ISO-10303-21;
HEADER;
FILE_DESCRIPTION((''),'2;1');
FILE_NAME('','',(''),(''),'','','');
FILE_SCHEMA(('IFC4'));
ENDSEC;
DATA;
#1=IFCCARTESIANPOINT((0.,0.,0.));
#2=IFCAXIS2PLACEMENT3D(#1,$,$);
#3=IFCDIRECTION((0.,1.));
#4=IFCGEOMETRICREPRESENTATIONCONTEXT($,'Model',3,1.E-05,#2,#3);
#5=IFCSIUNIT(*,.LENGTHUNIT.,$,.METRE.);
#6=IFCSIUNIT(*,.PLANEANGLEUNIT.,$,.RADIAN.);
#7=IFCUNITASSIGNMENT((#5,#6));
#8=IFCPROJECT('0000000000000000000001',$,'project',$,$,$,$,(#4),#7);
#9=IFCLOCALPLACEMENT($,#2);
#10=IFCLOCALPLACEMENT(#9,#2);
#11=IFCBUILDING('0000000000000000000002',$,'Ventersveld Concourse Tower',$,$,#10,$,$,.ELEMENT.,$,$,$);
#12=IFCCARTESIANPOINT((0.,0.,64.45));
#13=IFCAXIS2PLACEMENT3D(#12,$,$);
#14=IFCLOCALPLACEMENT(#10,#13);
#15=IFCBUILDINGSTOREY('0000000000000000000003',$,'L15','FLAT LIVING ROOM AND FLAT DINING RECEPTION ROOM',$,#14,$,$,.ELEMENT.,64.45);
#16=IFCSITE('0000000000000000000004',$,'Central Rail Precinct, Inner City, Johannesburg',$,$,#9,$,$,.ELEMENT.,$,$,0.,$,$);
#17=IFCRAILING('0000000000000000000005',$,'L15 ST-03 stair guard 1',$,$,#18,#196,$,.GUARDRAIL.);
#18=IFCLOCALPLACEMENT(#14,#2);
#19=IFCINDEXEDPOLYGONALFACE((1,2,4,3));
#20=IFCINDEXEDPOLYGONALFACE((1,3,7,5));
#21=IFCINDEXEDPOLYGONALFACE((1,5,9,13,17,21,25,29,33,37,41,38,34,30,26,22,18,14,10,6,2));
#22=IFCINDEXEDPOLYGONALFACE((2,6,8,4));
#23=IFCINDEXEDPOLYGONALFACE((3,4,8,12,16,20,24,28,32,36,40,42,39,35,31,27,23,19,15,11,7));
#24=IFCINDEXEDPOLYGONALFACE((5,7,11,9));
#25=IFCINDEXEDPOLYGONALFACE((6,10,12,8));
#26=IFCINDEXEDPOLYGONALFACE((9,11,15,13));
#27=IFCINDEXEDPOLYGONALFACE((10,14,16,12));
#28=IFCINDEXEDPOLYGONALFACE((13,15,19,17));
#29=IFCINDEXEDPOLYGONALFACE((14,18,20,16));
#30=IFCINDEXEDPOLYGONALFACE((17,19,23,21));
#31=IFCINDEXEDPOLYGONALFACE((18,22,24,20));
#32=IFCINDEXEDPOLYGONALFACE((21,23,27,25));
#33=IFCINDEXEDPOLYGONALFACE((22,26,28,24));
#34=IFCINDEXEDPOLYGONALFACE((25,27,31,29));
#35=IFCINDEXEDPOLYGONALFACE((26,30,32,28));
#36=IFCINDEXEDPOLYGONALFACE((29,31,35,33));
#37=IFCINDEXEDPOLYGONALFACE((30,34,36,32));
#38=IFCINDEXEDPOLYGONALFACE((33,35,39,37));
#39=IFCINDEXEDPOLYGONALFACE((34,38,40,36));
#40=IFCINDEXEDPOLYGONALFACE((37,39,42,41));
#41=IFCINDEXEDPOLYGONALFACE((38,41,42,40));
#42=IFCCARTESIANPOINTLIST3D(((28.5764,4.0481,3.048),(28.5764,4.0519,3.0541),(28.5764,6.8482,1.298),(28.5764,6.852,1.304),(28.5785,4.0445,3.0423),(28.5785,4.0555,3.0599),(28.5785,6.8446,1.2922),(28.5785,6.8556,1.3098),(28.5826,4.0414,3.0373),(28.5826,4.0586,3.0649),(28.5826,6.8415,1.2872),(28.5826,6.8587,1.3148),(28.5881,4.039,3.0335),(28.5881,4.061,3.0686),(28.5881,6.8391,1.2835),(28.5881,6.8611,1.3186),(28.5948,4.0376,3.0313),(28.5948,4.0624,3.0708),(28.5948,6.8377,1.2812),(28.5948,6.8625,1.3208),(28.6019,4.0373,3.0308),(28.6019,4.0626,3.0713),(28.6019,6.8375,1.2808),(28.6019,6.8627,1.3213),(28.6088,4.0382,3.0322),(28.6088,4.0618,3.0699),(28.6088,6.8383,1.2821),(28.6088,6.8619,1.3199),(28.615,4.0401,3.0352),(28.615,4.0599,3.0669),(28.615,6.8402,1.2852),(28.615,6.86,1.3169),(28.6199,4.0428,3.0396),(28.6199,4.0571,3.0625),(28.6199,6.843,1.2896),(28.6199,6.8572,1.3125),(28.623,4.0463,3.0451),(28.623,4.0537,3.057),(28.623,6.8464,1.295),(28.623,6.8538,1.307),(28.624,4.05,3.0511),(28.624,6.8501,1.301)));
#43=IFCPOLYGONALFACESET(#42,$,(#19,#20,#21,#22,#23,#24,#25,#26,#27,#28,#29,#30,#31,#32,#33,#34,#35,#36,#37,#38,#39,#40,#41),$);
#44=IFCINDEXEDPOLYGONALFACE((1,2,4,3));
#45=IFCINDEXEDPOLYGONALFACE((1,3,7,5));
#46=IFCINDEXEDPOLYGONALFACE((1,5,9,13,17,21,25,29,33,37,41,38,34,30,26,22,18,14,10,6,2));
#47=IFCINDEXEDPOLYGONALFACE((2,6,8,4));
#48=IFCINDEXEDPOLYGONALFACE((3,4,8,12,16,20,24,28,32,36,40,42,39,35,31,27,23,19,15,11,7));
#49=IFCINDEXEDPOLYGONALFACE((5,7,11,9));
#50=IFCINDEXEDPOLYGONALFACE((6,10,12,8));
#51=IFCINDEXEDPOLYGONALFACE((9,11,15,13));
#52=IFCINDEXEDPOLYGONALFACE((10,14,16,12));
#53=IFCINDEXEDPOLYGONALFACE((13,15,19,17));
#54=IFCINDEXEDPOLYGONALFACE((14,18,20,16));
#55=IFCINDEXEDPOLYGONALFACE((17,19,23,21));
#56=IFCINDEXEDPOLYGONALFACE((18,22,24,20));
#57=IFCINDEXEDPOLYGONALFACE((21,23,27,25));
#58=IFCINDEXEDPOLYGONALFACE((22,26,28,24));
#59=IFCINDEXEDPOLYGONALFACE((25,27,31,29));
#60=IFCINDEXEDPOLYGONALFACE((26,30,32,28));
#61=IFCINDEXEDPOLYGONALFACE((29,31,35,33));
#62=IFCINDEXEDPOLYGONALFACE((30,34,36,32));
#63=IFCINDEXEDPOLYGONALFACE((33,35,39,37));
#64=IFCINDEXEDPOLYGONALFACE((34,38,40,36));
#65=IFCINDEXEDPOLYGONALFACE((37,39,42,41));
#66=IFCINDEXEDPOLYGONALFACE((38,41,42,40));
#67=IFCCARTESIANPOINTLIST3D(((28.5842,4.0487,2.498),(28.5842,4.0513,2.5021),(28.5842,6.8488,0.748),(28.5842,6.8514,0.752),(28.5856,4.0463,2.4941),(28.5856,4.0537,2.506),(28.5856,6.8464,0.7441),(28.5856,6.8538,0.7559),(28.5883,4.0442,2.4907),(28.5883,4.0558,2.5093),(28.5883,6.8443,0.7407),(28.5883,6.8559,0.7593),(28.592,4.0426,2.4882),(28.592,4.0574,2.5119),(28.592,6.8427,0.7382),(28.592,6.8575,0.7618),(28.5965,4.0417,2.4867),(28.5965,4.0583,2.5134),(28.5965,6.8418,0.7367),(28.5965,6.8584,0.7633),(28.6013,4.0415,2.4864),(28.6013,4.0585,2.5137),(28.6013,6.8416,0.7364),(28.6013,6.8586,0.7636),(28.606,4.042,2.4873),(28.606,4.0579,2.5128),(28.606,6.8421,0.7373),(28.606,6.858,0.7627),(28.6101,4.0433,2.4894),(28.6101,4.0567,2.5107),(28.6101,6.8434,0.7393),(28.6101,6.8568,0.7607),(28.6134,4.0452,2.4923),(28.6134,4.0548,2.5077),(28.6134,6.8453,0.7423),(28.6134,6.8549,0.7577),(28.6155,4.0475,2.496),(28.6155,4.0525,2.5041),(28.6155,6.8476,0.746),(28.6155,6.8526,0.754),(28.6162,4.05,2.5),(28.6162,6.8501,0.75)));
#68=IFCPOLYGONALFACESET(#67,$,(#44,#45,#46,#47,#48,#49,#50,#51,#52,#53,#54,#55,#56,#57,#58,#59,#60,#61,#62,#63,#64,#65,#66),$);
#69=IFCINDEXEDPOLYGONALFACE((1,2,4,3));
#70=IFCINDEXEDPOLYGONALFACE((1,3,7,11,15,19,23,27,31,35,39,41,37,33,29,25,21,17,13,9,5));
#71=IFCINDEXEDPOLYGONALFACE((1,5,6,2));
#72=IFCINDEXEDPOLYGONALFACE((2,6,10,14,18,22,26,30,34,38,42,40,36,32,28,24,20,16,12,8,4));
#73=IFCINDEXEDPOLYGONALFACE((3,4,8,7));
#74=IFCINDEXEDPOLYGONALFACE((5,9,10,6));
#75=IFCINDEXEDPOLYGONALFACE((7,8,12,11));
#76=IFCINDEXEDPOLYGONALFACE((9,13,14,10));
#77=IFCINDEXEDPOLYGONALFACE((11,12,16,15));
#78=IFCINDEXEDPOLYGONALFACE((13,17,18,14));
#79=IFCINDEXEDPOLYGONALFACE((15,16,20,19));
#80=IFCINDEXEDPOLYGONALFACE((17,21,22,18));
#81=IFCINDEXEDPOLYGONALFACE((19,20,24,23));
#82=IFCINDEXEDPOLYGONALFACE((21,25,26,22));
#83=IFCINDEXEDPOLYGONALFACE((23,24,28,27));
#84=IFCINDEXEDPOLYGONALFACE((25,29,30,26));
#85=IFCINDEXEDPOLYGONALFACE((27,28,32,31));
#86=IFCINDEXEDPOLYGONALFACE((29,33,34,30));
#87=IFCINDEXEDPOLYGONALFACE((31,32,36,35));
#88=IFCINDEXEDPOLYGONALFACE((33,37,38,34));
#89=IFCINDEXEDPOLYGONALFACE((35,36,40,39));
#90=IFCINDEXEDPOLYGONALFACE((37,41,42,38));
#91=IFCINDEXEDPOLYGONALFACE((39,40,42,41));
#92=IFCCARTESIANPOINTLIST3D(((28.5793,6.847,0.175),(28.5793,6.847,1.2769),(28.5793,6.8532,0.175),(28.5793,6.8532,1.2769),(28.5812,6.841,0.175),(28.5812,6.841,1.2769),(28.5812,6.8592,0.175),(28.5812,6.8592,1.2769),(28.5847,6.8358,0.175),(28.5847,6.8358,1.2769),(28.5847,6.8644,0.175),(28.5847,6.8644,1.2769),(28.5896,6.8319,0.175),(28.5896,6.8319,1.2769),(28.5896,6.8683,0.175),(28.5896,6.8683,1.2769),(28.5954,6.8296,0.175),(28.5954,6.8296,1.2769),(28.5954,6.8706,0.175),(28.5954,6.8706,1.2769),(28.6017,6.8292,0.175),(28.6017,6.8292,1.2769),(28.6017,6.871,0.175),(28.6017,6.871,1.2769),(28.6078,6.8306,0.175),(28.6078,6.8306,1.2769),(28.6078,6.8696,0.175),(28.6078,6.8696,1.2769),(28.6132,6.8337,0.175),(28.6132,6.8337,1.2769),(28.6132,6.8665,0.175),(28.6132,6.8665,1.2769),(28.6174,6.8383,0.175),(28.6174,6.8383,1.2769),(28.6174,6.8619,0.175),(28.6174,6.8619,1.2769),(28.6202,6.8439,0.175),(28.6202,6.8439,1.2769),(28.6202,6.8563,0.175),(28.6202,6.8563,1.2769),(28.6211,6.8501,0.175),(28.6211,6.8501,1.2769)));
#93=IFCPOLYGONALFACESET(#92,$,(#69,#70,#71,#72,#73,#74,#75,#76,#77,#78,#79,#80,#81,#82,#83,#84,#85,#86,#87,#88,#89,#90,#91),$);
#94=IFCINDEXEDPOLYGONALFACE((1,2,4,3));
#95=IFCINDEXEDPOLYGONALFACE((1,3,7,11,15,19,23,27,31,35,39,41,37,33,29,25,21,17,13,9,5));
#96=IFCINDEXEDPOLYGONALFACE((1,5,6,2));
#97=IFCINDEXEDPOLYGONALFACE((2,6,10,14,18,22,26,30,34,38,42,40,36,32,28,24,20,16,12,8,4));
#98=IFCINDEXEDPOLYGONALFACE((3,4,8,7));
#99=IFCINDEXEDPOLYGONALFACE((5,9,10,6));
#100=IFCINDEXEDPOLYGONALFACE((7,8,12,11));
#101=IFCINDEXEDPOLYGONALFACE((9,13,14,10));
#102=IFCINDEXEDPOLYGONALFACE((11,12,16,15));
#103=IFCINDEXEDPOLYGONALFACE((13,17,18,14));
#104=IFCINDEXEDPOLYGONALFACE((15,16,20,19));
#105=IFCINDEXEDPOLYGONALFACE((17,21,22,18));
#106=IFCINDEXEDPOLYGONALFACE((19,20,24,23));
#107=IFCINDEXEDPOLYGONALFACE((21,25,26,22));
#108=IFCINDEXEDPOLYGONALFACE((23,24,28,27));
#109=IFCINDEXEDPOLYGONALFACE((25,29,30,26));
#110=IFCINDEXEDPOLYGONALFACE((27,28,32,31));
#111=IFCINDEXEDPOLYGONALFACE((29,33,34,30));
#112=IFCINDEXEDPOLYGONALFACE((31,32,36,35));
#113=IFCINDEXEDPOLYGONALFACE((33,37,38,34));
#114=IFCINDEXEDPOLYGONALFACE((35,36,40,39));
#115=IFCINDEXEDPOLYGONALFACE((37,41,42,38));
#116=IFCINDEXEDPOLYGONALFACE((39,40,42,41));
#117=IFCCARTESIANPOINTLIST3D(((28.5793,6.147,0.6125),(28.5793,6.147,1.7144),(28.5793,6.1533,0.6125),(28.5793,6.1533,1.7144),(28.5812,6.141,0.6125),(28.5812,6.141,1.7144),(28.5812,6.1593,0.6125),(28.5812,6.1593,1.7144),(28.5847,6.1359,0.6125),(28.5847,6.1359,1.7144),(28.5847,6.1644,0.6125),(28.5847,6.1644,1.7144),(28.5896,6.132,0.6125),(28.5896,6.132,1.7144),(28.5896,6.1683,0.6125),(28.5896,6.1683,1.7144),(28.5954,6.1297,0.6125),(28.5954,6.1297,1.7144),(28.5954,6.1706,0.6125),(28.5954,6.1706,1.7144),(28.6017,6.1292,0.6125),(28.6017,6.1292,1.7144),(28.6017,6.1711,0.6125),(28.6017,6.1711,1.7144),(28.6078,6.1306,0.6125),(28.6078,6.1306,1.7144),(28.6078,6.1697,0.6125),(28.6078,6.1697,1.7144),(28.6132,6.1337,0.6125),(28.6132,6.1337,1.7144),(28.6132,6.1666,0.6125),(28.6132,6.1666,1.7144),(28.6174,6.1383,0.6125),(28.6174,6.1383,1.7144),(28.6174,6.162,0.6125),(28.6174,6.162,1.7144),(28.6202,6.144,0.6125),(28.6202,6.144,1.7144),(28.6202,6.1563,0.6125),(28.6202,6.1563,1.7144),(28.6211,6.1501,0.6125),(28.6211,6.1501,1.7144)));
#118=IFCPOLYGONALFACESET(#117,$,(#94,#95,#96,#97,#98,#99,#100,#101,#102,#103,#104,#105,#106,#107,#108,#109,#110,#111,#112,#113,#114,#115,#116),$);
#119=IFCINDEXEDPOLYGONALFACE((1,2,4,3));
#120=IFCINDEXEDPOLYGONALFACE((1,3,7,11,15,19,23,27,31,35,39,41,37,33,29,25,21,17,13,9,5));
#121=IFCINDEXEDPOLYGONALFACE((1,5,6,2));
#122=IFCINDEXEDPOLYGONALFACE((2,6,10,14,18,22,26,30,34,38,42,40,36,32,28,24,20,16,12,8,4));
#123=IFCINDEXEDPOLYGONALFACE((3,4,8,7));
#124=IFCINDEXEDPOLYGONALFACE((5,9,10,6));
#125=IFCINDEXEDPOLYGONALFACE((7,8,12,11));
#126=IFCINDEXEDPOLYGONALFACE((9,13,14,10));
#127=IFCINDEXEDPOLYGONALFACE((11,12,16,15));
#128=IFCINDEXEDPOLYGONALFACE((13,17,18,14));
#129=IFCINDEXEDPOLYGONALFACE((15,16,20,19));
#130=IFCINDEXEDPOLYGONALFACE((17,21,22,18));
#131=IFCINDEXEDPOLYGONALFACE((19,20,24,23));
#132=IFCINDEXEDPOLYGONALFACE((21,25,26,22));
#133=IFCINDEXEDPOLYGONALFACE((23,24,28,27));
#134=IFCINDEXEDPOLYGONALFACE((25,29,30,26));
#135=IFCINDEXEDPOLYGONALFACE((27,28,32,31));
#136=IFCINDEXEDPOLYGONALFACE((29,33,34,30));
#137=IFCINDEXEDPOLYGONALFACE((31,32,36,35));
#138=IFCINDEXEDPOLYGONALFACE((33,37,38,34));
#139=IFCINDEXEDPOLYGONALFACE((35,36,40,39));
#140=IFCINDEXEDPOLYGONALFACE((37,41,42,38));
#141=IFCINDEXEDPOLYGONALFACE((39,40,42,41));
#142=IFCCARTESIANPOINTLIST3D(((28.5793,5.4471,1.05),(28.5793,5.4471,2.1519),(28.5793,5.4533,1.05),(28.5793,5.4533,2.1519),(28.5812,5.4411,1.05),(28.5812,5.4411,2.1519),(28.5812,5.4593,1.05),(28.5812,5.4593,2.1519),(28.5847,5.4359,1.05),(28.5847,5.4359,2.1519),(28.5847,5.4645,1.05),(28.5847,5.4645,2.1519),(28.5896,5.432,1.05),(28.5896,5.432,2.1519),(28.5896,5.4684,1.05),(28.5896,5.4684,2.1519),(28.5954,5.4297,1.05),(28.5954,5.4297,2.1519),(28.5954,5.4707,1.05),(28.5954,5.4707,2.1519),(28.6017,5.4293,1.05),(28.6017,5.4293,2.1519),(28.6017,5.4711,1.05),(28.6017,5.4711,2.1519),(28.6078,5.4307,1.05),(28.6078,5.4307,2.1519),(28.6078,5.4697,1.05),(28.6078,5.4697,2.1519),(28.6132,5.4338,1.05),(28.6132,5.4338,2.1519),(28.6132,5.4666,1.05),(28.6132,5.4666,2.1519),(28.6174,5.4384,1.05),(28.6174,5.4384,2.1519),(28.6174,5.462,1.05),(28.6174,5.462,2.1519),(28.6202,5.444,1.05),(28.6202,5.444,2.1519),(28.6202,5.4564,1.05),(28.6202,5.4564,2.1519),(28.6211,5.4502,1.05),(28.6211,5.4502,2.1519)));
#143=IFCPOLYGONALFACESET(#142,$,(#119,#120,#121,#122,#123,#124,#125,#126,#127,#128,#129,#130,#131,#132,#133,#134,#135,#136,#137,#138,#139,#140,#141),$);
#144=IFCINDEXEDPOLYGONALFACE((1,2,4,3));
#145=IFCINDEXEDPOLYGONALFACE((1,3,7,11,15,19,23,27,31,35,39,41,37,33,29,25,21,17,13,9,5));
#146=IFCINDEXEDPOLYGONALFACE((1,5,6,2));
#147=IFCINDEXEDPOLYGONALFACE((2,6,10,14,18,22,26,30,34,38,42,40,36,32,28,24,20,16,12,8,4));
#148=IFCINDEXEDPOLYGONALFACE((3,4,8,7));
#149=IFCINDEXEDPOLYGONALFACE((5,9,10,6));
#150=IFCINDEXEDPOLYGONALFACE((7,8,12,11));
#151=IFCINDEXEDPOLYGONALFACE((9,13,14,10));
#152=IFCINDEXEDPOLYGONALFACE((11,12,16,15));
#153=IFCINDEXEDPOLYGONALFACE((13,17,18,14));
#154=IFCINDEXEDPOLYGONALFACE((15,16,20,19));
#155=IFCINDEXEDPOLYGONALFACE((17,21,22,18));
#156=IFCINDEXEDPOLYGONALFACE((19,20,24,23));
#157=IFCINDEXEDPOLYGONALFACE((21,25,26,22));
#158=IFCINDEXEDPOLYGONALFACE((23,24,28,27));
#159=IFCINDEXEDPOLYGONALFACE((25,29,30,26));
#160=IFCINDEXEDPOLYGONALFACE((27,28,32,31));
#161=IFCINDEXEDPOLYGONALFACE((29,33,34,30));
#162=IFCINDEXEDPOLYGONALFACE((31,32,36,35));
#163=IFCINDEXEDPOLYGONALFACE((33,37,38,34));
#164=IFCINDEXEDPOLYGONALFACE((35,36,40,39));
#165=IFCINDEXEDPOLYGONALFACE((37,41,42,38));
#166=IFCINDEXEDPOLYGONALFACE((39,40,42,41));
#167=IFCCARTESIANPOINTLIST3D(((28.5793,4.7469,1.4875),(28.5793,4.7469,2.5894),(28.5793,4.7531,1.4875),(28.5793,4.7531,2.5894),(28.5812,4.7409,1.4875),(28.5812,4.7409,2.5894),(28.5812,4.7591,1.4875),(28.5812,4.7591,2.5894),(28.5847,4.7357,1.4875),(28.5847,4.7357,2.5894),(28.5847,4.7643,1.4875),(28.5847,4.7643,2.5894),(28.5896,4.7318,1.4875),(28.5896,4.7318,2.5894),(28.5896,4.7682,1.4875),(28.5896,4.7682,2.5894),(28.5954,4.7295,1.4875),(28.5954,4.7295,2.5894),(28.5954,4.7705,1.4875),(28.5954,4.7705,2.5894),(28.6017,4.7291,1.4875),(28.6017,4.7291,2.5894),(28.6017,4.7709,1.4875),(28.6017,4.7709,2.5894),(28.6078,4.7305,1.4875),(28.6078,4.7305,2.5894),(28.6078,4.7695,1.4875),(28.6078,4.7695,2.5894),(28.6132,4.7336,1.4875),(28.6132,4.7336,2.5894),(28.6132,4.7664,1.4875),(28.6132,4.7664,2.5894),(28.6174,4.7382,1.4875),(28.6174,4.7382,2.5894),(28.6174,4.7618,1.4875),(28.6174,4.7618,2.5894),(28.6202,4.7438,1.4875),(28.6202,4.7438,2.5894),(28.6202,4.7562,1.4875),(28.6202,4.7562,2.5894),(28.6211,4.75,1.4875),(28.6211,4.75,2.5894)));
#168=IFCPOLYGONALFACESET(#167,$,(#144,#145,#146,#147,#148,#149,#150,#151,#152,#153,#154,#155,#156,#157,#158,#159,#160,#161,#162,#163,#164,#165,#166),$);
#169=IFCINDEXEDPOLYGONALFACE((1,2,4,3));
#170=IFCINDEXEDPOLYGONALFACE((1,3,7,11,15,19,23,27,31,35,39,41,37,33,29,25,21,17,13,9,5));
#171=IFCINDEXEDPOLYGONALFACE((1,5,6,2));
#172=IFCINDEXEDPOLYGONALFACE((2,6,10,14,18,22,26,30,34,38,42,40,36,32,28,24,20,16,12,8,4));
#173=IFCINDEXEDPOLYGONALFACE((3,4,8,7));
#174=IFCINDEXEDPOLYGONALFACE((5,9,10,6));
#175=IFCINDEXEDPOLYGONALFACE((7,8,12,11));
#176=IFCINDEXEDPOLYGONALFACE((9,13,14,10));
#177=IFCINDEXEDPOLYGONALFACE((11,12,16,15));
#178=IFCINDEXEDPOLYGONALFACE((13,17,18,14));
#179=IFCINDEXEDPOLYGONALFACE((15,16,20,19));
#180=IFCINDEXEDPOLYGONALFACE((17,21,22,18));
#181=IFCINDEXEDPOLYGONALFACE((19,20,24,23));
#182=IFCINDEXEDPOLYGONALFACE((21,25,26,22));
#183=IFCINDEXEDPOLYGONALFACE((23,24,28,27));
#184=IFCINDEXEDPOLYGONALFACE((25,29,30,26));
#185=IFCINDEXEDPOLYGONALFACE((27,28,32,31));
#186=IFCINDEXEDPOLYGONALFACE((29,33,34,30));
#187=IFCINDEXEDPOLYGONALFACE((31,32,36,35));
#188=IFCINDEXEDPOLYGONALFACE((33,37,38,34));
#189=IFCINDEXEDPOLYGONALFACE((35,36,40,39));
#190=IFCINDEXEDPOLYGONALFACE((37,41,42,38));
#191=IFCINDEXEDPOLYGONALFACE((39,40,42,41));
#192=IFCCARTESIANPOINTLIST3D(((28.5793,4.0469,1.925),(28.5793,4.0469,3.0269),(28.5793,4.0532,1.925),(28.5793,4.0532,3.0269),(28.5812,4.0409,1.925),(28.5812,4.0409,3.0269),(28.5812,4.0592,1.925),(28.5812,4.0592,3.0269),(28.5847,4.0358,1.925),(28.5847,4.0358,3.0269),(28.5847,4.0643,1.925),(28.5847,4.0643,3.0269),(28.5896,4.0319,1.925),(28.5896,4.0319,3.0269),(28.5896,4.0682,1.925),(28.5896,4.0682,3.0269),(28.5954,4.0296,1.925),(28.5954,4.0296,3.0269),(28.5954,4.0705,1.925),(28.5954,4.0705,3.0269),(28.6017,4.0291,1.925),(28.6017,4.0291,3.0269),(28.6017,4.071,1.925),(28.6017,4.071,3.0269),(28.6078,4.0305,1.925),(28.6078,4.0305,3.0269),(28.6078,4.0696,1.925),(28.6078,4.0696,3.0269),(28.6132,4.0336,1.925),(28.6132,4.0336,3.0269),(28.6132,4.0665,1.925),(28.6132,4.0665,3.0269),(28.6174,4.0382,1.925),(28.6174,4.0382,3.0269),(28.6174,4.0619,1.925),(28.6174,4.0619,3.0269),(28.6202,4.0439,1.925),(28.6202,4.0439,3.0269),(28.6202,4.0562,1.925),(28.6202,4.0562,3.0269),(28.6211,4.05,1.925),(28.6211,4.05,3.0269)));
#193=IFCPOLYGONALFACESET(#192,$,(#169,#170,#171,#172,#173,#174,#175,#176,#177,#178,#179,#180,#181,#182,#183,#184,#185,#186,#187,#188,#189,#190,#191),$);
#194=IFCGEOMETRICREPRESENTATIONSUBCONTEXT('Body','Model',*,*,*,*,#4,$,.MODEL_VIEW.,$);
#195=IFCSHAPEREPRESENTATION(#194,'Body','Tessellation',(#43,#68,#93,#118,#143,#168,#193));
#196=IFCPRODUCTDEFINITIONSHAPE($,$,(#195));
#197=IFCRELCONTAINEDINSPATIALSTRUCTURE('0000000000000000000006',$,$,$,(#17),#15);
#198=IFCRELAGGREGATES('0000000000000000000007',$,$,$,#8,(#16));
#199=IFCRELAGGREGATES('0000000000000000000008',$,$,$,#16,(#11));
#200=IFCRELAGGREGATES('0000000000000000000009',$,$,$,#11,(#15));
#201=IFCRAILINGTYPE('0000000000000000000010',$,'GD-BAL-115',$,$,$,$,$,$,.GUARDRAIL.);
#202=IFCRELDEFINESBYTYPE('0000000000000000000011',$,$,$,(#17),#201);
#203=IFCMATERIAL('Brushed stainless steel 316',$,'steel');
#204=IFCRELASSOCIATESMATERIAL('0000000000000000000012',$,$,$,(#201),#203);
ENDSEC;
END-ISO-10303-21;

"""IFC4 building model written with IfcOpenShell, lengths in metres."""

from ifc_helpers import new_model, si_unit, direction, frame, origin, origin_2d, place, context, subcontext, project, spatial, circle, extrude, material, type_object, element, save


model = new_model("IFC4")

# Units and contexts
model_context = context("Model", 3, precision=1e-05, world=origin(), true_north=direction((0.0, 1.0)))
body_context = subcontext(model_context, "Body", "Model", "MODEL_VIEW")
ifc_project = project(units=[si_unit("LENGTHUNIT", "METRE"), si_unit("PLANEANGLEUNIT", "RADIAN")], contexts=[model_context])

# Site, building, storey
site_placement = place(None, origin())
site = spatial("IfcSite", under=ifc_project, at=site_placement, Name="Central Rail Precinct, Inner City, Johannesburg", CompositionType="ELEMENT", RefElevation=0.0)
building_placement = place(site_placement, origin())
building = spatial("IfcBuilding", under=site, at=building_placement, Name="Ventersveld Concourse Tower", CompositionType="ELEMENT")
storey_placement = place(building_placement, frame((0.0, 0.0, 64.45)))
storey = spatial("IfcBuildingStorey", under=building, at=storey_placement, Name="L15", Description="FLAT LIVING ROOM AND FLAT DINING RECEPTION ROOM", CompositionType="ELEMENT", Elevation=64.45)

# Shared definitions
ifc_material_1 = material(Name="Brushed stainless steel 316", Category="steel")

# Railing
railing_type = type_object("IfcRailingType", Name="GD-BAL-115", PredefinedType="GUARDRAIL", material=ifc_material_1)
railing_1_placement = place(storey_placement, frame((28.6001, 6.8501, 0.175)))
element("IfcRailing", 1, at=railing_1_placement, inside=storey, type_object=railing_type, Name="L15 ST-03 stair guard 1", PredefinedType="GUARDRAIL", context=body_context, shape_type="SweptSolid", body=[
    extrude(circle(Radius=0.0239, at=origin_2d()), frame((0.0, 0.0, 1.126), z_axis=(0.0, -0.848002, 0.529992), x_axis=(1.0, 0.0, 0.0)), (0.0, 0.0, 1.0), 3.302),
    extrude(circle(Radius=0.0161, at=origin_2d()), frame((0.0, 0.0, 0.575), z_axis=(0.0, -0.848002, 0.529992), x_axis=(1.0, 0.0, 0.0)), (0.0, 0.0, 1.0), 3.302),
    extrude(circle(Radius=0.021, at=origin_2d()), origin(), (0.0, 0.0, 1.0), 1.1018),
    extrude(circle(Radius=0.021, at=origin_2d()), frame((0.0, -0.7, 0.4375)), (0.0, 0.0, 1.0), 1.1018),
    extrude(circle(Radius=0.021, at=origin_2d()), frame((0.0, -1.3999, 0.875)), (0.0, 0.0, 1.0), 1.1018),
    extrude(circle(Radius=0.021, at=origin_2d()), frame((0.0, -2.1001, 1.3125)), (0.0, 0.0, 1.0), 1.1018),
    extrude(circle(Radius=0.021, at=origin_2d()), frame((0.0, -2.8, 1.75)), (0.0, 0.0, 1.0), 1.1018),
])

save(model, "model.ifc")
